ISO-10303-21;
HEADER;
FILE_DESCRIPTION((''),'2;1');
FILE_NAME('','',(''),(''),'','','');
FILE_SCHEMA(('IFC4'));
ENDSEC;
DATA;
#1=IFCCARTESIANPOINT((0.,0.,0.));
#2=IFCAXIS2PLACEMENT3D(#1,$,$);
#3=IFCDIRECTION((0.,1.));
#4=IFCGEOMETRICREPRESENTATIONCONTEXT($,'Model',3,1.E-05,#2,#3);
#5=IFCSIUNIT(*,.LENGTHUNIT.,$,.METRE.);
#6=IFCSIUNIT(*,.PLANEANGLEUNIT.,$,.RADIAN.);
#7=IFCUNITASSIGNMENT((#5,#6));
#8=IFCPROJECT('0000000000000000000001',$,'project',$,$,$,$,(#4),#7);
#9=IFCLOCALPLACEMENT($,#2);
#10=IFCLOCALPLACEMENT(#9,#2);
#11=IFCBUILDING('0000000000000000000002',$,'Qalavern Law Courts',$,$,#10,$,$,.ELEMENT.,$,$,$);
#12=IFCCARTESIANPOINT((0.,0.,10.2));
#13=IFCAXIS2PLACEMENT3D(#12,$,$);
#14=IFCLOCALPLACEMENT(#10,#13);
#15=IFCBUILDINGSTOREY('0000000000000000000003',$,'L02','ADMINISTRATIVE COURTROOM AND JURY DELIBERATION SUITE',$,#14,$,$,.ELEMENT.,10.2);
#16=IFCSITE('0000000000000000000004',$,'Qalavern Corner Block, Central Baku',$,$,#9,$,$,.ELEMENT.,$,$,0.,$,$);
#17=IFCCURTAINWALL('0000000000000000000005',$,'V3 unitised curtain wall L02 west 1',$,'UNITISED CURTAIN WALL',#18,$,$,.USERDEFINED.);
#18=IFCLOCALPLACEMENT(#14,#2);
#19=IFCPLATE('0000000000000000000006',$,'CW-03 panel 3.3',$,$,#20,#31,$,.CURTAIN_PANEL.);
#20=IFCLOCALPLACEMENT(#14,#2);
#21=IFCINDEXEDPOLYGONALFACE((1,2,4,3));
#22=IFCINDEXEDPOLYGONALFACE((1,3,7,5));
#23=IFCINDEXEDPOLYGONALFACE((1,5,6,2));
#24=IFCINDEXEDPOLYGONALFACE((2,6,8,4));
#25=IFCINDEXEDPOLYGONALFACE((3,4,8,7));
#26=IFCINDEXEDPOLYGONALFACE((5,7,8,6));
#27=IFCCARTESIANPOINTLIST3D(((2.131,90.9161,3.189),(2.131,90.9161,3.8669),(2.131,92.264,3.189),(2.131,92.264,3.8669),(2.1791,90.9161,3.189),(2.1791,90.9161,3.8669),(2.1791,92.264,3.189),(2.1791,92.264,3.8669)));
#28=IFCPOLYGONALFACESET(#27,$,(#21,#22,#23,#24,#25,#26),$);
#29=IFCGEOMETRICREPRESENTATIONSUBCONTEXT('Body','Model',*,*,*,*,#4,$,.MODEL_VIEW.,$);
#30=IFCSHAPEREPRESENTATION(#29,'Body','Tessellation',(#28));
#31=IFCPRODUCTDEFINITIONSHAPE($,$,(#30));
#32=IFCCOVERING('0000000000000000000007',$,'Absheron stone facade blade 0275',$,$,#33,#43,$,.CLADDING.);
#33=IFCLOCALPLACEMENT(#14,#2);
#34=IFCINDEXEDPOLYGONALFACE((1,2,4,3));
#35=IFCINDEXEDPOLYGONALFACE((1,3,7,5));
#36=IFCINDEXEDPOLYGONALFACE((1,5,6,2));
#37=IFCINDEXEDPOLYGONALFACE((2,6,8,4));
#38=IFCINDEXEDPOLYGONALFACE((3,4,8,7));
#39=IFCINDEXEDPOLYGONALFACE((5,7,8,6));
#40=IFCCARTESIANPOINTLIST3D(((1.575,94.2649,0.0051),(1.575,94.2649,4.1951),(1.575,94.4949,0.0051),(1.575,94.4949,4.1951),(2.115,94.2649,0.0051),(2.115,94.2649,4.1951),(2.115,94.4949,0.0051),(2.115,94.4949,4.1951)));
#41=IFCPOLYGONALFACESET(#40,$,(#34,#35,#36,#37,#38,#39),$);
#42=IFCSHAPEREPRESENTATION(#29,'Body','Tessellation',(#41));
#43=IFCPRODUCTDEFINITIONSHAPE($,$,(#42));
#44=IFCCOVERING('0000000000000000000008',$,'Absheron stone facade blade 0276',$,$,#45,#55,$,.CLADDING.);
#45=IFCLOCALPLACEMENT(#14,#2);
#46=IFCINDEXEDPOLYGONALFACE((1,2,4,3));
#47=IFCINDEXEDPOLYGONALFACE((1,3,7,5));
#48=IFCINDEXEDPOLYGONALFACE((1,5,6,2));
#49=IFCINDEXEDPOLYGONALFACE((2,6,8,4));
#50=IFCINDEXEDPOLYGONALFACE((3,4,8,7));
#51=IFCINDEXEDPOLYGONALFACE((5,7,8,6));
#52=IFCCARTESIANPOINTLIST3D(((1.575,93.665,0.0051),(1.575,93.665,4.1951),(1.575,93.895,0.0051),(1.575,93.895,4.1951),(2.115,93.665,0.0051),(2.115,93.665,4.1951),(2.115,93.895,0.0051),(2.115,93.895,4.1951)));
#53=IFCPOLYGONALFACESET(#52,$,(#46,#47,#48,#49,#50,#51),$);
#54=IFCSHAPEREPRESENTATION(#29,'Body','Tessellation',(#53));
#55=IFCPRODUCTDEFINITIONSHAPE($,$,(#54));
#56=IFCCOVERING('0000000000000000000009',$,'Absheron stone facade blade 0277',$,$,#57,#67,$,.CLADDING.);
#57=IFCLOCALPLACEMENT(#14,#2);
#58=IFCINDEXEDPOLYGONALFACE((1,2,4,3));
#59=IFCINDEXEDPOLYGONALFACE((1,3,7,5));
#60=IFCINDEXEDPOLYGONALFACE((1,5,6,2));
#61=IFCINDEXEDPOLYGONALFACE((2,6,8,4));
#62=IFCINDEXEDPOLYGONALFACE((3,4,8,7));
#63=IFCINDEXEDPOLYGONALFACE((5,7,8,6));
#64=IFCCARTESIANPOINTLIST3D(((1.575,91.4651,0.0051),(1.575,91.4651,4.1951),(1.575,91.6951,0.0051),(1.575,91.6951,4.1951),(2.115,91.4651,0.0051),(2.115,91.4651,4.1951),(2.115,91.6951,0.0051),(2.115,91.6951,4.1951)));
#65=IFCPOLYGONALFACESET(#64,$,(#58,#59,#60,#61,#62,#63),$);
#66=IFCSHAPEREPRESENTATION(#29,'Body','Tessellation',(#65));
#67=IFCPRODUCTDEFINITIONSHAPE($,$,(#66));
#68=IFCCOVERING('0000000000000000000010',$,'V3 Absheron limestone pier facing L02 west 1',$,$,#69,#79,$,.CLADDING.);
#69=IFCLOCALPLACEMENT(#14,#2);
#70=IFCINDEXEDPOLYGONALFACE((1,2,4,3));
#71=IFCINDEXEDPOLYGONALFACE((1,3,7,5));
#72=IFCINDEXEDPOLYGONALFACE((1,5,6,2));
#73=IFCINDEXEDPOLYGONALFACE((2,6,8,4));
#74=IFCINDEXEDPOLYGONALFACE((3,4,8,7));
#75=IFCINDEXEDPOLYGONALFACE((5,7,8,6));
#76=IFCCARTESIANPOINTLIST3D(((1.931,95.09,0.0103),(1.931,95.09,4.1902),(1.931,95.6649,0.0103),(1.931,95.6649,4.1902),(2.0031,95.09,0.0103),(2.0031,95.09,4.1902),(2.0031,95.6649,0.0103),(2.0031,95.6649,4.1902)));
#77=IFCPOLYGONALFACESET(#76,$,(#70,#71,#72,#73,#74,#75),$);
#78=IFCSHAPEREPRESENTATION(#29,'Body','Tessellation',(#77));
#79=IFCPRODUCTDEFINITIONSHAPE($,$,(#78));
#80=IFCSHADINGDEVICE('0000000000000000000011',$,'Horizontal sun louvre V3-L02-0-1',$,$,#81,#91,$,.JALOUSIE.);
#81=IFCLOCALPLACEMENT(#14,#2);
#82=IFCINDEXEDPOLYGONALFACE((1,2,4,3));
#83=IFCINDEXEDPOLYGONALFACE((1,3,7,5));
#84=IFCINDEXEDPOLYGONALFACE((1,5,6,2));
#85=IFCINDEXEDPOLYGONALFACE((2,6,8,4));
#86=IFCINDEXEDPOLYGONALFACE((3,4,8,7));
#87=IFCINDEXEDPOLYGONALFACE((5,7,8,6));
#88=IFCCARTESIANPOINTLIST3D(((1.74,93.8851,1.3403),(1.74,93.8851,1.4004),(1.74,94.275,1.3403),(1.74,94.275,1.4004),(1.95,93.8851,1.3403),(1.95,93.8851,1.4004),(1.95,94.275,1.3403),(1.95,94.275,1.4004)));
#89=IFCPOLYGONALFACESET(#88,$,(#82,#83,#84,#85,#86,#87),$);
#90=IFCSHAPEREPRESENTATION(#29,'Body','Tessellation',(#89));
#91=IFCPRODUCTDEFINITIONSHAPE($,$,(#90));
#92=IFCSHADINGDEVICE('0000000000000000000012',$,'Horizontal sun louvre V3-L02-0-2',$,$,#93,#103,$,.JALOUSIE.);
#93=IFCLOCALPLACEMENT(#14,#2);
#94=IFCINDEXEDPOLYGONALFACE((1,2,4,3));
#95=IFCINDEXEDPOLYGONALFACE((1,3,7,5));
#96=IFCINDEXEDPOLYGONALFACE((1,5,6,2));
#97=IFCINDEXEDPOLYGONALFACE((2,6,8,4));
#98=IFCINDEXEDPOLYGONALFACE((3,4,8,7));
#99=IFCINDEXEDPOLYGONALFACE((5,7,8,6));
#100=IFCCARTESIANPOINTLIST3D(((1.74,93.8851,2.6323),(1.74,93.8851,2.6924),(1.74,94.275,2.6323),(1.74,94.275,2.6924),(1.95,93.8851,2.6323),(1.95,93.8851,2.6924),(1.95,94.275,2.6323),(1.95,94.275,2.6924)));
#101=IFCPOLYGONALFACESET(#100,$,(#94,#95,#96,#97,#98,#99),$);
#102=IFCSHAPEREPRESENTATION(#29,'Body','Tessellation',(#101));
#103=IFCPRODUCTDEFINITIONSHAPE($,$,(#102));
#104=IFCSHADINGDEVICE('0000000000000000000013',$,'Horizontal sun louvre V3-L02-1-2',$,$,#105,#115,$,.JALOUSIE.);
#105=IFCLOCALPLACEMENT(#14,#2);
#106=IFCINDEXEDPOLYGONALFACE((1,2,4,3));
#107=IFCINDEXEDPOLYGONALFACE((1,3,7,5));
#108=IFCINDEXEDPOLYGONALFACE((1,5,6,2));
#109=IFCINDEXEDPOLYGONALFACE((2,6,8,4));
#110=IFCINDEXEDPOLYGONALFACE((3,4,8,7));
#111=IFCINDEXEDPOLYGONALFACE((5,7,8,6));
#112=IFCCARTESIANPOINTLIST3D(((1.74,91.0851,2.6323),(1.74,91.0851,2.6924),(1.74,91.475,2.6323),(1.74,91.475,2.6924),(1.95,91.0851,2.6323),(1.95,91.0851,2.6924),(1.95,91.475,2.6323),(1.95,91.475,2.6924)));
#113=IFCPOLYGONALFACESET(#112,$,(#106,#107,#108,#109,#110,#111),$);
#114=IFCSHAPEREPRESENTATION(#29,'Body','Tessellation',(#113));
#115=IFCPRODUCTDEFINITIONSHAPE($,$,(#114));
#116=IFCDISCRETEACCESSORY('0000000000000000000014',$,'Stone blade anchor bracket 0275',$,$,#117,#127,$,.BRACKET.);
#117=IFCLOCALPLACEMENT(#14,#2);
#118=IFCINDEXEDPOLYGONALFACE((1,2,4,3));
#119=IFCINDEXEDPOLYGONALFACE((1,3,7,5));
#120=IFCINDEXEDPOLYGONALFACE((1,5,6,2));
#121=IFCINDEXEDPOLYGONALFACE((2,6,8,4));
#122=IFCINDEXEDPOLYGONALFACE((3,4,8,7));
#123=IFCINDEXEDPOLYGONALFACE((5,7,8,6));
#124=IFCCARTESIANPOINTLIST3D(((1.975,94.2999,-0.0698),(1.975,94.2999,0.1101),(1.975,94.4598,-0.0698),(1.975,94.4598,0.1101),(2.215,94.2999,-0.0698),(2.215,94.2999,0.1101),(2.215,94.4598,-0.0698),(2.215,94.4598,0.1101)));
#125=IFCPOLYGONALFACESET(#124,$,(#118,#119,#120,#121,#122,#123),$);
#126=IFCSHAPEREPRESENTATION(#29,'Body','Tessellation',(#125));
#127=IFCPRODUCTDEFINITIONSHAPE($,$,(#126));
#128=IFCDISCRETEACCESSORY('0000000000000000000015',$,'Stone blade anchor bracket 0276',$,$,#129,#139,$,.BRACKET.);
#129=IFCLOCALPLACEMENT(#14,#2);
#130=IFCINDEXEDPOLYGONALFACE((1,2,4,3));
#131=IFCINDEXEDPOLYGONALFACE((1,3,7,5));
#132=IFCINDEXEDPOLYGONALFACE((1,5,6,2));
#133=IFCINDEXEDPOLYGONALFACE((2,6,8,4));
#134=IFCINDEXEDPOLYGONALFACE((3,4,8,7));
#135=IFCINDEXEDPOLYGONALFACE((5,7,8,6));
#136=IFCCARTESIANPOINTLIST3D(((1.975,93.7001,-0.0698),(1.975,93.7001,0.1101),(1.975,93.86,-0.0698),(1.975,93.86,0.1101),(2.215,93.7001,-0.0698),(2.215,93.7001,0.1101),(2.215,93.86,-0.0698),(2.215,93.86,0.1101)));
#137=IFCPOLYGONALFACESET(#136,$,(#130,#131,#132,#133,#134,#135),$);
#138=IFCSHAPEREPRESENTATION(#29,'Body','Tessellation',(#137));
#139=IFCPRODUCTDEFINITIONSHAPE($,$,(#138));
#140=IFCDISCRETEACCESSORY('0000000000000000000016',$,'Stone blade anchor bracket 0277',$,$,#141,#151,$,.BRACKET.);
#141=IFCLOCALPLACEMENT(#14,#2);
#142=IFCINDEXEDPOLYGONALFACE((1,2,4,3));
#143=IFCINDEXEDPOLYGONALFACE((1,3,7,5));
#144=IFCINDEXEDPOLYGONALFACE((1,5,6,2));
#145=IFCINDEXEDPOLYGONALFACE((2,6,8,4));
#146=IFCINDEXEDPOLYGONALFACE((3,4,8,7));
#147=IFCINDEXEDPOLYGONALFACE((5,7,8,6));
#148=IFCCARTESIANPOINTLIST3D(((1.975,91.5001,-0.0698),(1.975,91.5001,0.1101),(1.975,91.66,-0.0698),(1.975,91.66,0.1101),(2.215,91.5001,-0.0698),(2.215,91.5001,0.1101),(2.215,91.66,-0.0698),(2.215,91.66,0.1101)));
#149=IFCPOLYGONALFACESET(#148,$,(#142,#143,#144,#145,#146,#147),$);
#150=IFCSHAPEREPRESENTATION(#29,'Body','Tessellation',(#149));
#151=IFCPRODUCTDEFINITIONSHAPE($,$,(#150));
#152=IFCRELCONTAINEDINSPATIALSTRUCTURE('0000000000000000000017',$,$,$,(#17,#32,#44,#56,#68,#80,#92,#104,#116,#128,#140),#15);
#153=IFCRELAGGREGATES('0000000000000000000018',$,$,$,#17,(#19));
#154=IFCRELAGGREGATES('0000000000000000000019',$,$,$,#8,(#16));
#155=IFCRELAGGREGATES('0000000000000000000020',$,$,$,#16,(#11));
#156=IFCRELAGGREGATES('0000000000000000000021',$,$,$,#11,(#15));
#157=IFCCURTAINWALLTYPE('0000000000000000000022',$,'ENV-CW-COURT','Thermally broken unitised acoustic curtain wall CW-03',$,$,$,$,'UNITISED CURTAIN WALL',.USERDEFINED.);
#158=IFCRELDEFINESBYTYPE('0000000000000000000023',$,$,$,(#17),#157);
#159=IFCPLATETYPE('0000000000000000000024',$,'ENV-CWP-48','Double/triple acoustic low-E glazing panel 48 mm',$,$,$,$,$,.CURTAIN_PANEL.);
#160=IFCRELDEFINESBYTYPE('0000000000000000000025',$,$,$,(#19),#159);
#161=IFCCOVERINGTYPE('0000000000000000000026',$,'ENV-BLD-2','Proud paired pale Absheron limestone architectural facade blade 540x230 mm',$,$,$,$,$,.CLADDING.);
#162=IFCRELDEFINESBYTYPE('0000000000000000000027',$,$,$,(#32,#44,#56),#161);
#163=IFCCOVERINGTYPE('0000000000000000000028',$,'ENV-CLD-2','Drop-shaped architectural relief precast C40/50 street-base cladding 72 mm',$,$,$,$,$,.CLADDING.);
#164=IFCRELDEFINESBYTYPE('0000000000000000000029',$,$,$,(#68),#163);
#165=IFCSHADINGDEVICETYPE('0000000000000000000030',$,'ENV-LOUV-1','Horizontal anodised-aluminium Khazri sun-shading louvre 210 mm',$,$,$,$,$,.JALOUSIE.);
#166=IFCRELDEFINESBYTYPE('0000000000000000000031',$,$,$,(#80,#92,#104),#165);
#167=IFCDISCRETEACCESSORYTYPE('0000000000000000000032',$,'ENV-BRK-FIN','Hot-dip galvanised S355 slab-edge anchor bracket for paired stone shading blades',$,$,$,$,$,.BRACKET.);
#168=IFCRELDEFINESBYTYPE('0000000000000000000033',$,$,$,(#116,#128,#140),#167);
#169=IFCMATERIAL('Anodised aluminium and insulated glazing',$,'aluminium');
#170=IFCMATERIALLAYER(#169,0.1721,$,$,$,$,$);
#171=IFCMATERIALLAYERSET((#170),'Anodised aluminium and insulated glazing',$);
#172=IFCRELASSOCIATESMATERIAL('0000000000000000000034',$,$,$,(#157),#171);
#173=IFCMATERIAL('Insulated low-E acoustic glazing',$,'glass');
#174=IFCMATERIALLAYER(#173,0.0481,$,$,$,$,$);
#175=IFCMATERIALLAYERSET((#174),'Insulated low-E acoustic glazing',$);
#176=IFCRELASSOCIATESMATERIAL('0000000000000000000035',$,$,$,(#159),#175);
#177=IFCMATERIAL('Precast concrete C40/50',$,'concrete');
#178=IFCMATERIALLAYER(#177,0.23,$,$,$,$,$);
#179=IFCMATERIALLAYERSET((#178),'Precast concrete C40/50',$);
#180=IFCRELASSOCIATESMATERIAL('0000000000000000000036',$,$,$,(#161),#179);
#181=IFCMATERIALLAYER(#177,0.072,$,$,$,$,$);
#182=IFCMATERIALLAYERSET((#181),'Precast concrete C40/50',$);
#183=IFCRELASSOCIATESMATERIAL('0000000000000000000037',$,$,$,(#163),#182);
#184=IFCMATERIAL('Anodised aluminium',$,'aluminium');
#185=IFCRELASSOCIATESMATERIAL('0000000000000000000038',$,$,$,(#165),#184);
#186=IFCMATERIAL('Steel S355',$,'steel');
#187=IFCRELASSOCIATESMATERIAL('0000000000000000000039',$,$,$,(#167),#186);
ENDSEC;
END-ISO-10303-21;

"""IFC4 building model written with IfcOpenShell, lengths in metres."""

from ifc_helpers import new_model, si_unit, direction, frame, origin, origin_2d, place, context, subcontext, project, spatial, rectangle, extrude, material, layer, layer_set, type_object, element, aggregate, save


model = new_model("IFC4")

# Units and contexts
model_context = context("Model", 3, precision=1e-05, world=origin(), true_north=direction((0.0, 1.0)))
body_context = subcontext(model_context, "Body", "Model", "MODEL_VIEW")
ifc_project = project(units=[si_unit("LENGTHUNIT", "METRE"), si_unit("PLANEANGLEUNIT", "RADIAN")], contexts=[model_context])

# Site, building, storey
site_placement = place(None, origin())
site = spatial("IfcSite", under=ifc_project, at=site_placement, Name="Qalavern Corner Block, Central Baku", CompositionType="ELEMENT", RefElevation=0.0)
building_placement = place(site_placement, origin())
building = spatial("IfcBuilding", under=site, at=building_placement, Name="Qalavern Law Courts", CompositionType="ELEMENT")
storey_placement = place(building_placement, frame((0.0, 0.0, 10.2)))
storey = spatial("IfcBuildingStorey", under=building, at=storey_placement, Name="L02", Description="ADMINISTRATIVE COURTROOM AND JURY DELIBERATION SUITE", CompositionType="ELEMENT", Elevation=10.2)

# Curtain wall, plate
ifc_material_1 = material(Name="Anodised aluminium and insulated glazing", Category="aluminium")
ifc_layer_1 = layer(ifc_material_1, 0.1721)
ifc_layer_set_1 = layer_set([ifc_layer_1], Name="Anodised aluminium and insulated glazing")
curtain_wall_type = type_object("IfcCurtainWallType", Name="ENV-CW-COURT", Description="Thermally broken unitised acoustic curtain wall CW-03", ElementType="UNITISED CURTAIN WALL", PredefinedType="USERDEFINED", material=ifc_layer_set_1)
curtain_wall_placement = place(storey_placement, origin())
curtain_wall = element("IfcCurtainWall", 1, at=curtain_wall_placement, inside=storey, type_object=curtain_wall_type, Name="V3 unitised curtain wall L02 west 1", ObjectType="UNITISED CURTAIN WALL", PredefinedType="USERDEFINED")
ifc_material_2 = material(Name="Anodised aluminium", Category="aluminium")
ifc_material_3 = material(Name="Insulated low-E acoustic glazing", Category="glass")
ifc_layer_2 = layer(ifc_material_3, 0.0481)
ifc_layer_set_2 = layer_set([ifc_layer_2], Name="Insulated low-E acoustic glazing")
plate_type = type_object("IfcPlateType", Name="ENV-CWP-48", Description="Double/triple acoustic low-E glazing panel 48 mm", PredefinedType="CURTAIN_PANEL", material=ifc_layer_set_2)
plate_1_placement = place(storey_placement, frame((2.155, 91.5901, 3.189), z_axis=(0.0, 0.0, 1.0), x_axis=(0.0, -1.0, 0.0)))
plate_1 = element("IfcPlate", 2, at=plate_1_placement, type_object=plate_type, Name="CW-03 panel 3.3", PredefinedType="CURTAIN_PANEL", context=body_context, shape_type="SweptSolid", body=[
    extrude(rectangle(XDim=1.3479, YDim=0.0481, at=origin_2d()), origin(), (0.0, 0.0, 1.0), 0.678),
])
aggregate(curtain_wall, [plate_1])

# Coverings
ifc_material_4 = material(Name="Precast concrete C40/50", Category="concrete")
ifc_layer_3 = layer(ifc_material_4, 0.23)
ifc_layer_set_3 = layer_set([ifc_layer_3], Name="Precast concrete C40/50")
covering_type_1 = type_object("IfcCoveringType", Name="ENV-BLD-2", Description="Proud paired pale Absheron limestone architectural facade blade 540x230 mm", PredefinedType="CLADDING", material=ifc_layer_set_3)
for number, where, z_axis, x_axis, name in (
    (3, (1.845, 94.3799, 0.0051), (0.0, 0.0, 1.0), (-1.0, 0.0, 0.0), "Absheron stone facade blade 0275"),
    (4, (1.845, 93.78, 0.0051), (0.0, 0.0, 1.0), (-1.0, 0.0, 0.0), "Absheron stone facade blade 0276"),
    (5, (1.845, 91.5801, 0.0051), (0.0, 0.0, 1.0), (-1.0, 0.0, 0.0), "Absheron stone facade blade 0277"),
):
    element("IfcCovering", number, at=place(storey_placement, frame(where, z_axis=z_axis, x_axis=x_axis)), inside=storey, type_object=covering_type_1, Name=name, PredefinedType="CLADDING", context=body_context, shape_type="SweptSolid", body=[
        extrude(rectangle(XDim=0.54, YDim=0.23, at=origin_2d()), origin(), (0.0, 0.0, 1.0), 4.1899),
    ])
ifc_layer_4 = layer(ifc_material_4, 0.072)
ifc_layer_set_4 = layer_set([ifc_layer_4], Name="Precast concrete C40/50")
covering_type_2 = type_object("IfcCoveringType", Name="ENV-CLD-2", Description="Drop-shaped architectural relief precast C40/50 street-base cladding 72 mm", PredefinedType="CLADDING", material=ifc_layer_set_4)
covering_placement = place(storey_placement, frame((1.967, 95.3774, 0.0103), z_axis=(0.0, 0.0, 1.0), x_axis=(0.0, -1.0, 0.0)))
element("IfcCovering", 6, at=covering_placement, inside=storey, type_object=covering_type_2, Name="V3 Absheron limestone pier facing L02 west 1", PredefinedType="CLADDING", context=body_context, shape_type="SweptSolid", body=[
    extrude(rectangle(XDim=0.575, YDim=0.072, at=origin_2d()), origin(), (0.0, 0.0, 1.0), 4.1799),
])

# Shading devices
shading_device_type = type_object("IfcShadingDeviceType", Name="ENV-LOUV-1", Description="Horizontal anodised-aluminium Khazri sun-shading louvre 210 mm", PredefinedType="JALOUSIE", material=ifc_material_2)
for number, where, z_axis, x_axis, name in (
    (7, (1.845, 94.0801, 1.3403), (0.0, 0.0, 1.0), (0.0, -1.0, 0.0), "Horizontal sun louvre V3-L02-0-1"),
    (8, (1.845, 94.0801, 2.6323), (0.0, 0.0, 1.0), (0.0, -1.0, 0.0), "Horizontal sun louvre V3-L02-0-2"),
    (9, (1.845, 91.28, 2.6323), (0.0, 0.0, 1.0), (0.0, -1.0, 0.0), "Horizontal sun louvre V3-L02-1-2"),
):
    element("IfcShadingDevice", number, at=place(storey_placement, frame(where, z_axis=z_axis, x_axis=x_axis)), inside=storey, type_object=shading_device_type, Name=name, PredefinedType="JALOUSIE", context=body_context, shape_type="SweptSolid", body=[
        extrude(rectangle(XDim=0.3899, YDim=0.21, at=origin_2d()), origin(), (0.0, 0.0, 1.0), 0.0601),
    ])

# Discrete accessories
ifc_material_5 = material(Name="Steel S355", Category="steel")
discrete_accessory_type = type_object("IfcDiscreteAccessoryType", Name="ENV-BRK-FIN", Description="Hot-dip galvanised S355 slab-edge anchor bracket for paired stone shading blades", PredefinedType="BRACKET", material=ifc_material_5)
for number, where, z_axis, x_axis, name in (
    (10, (2.095, 94.3799, -0.0698), (0.0, 0.0, 1.0), (-1.0, 0.0, 0.0), "Stone blade anchor bracket 0275"),
    (11, (2.095, 93.78, -0.0698), (0.0, 0.0, 1.0), (-1.0, 0.0, 0.0), "Stone blade anchor bracket 0276"),
    (12, (2.095, 91.5801, -0.0698), (0.0, 0.0, 1.0), (-1.0, 0.0, 0.0), "Stone blade anchor bracket 0277"),
):
    element("IfcDiscreteAccessory", number, at=place(storey_placement, frame(where, z_axis=z_axis, x_axis=x_axis)), inside=storey, type_object=discrete_accessory_type, Name=name, PredefinedType="BRACKET", context=body_context, shape_type="SweptSolid", body=[
        extrude(rectangle(XDim=0.24, YDim=0.1599, at=origin_2d()), origin(), (0.0, 0.0, 1.0), 0.1799),
    ])

save(model, "model.ifc")
